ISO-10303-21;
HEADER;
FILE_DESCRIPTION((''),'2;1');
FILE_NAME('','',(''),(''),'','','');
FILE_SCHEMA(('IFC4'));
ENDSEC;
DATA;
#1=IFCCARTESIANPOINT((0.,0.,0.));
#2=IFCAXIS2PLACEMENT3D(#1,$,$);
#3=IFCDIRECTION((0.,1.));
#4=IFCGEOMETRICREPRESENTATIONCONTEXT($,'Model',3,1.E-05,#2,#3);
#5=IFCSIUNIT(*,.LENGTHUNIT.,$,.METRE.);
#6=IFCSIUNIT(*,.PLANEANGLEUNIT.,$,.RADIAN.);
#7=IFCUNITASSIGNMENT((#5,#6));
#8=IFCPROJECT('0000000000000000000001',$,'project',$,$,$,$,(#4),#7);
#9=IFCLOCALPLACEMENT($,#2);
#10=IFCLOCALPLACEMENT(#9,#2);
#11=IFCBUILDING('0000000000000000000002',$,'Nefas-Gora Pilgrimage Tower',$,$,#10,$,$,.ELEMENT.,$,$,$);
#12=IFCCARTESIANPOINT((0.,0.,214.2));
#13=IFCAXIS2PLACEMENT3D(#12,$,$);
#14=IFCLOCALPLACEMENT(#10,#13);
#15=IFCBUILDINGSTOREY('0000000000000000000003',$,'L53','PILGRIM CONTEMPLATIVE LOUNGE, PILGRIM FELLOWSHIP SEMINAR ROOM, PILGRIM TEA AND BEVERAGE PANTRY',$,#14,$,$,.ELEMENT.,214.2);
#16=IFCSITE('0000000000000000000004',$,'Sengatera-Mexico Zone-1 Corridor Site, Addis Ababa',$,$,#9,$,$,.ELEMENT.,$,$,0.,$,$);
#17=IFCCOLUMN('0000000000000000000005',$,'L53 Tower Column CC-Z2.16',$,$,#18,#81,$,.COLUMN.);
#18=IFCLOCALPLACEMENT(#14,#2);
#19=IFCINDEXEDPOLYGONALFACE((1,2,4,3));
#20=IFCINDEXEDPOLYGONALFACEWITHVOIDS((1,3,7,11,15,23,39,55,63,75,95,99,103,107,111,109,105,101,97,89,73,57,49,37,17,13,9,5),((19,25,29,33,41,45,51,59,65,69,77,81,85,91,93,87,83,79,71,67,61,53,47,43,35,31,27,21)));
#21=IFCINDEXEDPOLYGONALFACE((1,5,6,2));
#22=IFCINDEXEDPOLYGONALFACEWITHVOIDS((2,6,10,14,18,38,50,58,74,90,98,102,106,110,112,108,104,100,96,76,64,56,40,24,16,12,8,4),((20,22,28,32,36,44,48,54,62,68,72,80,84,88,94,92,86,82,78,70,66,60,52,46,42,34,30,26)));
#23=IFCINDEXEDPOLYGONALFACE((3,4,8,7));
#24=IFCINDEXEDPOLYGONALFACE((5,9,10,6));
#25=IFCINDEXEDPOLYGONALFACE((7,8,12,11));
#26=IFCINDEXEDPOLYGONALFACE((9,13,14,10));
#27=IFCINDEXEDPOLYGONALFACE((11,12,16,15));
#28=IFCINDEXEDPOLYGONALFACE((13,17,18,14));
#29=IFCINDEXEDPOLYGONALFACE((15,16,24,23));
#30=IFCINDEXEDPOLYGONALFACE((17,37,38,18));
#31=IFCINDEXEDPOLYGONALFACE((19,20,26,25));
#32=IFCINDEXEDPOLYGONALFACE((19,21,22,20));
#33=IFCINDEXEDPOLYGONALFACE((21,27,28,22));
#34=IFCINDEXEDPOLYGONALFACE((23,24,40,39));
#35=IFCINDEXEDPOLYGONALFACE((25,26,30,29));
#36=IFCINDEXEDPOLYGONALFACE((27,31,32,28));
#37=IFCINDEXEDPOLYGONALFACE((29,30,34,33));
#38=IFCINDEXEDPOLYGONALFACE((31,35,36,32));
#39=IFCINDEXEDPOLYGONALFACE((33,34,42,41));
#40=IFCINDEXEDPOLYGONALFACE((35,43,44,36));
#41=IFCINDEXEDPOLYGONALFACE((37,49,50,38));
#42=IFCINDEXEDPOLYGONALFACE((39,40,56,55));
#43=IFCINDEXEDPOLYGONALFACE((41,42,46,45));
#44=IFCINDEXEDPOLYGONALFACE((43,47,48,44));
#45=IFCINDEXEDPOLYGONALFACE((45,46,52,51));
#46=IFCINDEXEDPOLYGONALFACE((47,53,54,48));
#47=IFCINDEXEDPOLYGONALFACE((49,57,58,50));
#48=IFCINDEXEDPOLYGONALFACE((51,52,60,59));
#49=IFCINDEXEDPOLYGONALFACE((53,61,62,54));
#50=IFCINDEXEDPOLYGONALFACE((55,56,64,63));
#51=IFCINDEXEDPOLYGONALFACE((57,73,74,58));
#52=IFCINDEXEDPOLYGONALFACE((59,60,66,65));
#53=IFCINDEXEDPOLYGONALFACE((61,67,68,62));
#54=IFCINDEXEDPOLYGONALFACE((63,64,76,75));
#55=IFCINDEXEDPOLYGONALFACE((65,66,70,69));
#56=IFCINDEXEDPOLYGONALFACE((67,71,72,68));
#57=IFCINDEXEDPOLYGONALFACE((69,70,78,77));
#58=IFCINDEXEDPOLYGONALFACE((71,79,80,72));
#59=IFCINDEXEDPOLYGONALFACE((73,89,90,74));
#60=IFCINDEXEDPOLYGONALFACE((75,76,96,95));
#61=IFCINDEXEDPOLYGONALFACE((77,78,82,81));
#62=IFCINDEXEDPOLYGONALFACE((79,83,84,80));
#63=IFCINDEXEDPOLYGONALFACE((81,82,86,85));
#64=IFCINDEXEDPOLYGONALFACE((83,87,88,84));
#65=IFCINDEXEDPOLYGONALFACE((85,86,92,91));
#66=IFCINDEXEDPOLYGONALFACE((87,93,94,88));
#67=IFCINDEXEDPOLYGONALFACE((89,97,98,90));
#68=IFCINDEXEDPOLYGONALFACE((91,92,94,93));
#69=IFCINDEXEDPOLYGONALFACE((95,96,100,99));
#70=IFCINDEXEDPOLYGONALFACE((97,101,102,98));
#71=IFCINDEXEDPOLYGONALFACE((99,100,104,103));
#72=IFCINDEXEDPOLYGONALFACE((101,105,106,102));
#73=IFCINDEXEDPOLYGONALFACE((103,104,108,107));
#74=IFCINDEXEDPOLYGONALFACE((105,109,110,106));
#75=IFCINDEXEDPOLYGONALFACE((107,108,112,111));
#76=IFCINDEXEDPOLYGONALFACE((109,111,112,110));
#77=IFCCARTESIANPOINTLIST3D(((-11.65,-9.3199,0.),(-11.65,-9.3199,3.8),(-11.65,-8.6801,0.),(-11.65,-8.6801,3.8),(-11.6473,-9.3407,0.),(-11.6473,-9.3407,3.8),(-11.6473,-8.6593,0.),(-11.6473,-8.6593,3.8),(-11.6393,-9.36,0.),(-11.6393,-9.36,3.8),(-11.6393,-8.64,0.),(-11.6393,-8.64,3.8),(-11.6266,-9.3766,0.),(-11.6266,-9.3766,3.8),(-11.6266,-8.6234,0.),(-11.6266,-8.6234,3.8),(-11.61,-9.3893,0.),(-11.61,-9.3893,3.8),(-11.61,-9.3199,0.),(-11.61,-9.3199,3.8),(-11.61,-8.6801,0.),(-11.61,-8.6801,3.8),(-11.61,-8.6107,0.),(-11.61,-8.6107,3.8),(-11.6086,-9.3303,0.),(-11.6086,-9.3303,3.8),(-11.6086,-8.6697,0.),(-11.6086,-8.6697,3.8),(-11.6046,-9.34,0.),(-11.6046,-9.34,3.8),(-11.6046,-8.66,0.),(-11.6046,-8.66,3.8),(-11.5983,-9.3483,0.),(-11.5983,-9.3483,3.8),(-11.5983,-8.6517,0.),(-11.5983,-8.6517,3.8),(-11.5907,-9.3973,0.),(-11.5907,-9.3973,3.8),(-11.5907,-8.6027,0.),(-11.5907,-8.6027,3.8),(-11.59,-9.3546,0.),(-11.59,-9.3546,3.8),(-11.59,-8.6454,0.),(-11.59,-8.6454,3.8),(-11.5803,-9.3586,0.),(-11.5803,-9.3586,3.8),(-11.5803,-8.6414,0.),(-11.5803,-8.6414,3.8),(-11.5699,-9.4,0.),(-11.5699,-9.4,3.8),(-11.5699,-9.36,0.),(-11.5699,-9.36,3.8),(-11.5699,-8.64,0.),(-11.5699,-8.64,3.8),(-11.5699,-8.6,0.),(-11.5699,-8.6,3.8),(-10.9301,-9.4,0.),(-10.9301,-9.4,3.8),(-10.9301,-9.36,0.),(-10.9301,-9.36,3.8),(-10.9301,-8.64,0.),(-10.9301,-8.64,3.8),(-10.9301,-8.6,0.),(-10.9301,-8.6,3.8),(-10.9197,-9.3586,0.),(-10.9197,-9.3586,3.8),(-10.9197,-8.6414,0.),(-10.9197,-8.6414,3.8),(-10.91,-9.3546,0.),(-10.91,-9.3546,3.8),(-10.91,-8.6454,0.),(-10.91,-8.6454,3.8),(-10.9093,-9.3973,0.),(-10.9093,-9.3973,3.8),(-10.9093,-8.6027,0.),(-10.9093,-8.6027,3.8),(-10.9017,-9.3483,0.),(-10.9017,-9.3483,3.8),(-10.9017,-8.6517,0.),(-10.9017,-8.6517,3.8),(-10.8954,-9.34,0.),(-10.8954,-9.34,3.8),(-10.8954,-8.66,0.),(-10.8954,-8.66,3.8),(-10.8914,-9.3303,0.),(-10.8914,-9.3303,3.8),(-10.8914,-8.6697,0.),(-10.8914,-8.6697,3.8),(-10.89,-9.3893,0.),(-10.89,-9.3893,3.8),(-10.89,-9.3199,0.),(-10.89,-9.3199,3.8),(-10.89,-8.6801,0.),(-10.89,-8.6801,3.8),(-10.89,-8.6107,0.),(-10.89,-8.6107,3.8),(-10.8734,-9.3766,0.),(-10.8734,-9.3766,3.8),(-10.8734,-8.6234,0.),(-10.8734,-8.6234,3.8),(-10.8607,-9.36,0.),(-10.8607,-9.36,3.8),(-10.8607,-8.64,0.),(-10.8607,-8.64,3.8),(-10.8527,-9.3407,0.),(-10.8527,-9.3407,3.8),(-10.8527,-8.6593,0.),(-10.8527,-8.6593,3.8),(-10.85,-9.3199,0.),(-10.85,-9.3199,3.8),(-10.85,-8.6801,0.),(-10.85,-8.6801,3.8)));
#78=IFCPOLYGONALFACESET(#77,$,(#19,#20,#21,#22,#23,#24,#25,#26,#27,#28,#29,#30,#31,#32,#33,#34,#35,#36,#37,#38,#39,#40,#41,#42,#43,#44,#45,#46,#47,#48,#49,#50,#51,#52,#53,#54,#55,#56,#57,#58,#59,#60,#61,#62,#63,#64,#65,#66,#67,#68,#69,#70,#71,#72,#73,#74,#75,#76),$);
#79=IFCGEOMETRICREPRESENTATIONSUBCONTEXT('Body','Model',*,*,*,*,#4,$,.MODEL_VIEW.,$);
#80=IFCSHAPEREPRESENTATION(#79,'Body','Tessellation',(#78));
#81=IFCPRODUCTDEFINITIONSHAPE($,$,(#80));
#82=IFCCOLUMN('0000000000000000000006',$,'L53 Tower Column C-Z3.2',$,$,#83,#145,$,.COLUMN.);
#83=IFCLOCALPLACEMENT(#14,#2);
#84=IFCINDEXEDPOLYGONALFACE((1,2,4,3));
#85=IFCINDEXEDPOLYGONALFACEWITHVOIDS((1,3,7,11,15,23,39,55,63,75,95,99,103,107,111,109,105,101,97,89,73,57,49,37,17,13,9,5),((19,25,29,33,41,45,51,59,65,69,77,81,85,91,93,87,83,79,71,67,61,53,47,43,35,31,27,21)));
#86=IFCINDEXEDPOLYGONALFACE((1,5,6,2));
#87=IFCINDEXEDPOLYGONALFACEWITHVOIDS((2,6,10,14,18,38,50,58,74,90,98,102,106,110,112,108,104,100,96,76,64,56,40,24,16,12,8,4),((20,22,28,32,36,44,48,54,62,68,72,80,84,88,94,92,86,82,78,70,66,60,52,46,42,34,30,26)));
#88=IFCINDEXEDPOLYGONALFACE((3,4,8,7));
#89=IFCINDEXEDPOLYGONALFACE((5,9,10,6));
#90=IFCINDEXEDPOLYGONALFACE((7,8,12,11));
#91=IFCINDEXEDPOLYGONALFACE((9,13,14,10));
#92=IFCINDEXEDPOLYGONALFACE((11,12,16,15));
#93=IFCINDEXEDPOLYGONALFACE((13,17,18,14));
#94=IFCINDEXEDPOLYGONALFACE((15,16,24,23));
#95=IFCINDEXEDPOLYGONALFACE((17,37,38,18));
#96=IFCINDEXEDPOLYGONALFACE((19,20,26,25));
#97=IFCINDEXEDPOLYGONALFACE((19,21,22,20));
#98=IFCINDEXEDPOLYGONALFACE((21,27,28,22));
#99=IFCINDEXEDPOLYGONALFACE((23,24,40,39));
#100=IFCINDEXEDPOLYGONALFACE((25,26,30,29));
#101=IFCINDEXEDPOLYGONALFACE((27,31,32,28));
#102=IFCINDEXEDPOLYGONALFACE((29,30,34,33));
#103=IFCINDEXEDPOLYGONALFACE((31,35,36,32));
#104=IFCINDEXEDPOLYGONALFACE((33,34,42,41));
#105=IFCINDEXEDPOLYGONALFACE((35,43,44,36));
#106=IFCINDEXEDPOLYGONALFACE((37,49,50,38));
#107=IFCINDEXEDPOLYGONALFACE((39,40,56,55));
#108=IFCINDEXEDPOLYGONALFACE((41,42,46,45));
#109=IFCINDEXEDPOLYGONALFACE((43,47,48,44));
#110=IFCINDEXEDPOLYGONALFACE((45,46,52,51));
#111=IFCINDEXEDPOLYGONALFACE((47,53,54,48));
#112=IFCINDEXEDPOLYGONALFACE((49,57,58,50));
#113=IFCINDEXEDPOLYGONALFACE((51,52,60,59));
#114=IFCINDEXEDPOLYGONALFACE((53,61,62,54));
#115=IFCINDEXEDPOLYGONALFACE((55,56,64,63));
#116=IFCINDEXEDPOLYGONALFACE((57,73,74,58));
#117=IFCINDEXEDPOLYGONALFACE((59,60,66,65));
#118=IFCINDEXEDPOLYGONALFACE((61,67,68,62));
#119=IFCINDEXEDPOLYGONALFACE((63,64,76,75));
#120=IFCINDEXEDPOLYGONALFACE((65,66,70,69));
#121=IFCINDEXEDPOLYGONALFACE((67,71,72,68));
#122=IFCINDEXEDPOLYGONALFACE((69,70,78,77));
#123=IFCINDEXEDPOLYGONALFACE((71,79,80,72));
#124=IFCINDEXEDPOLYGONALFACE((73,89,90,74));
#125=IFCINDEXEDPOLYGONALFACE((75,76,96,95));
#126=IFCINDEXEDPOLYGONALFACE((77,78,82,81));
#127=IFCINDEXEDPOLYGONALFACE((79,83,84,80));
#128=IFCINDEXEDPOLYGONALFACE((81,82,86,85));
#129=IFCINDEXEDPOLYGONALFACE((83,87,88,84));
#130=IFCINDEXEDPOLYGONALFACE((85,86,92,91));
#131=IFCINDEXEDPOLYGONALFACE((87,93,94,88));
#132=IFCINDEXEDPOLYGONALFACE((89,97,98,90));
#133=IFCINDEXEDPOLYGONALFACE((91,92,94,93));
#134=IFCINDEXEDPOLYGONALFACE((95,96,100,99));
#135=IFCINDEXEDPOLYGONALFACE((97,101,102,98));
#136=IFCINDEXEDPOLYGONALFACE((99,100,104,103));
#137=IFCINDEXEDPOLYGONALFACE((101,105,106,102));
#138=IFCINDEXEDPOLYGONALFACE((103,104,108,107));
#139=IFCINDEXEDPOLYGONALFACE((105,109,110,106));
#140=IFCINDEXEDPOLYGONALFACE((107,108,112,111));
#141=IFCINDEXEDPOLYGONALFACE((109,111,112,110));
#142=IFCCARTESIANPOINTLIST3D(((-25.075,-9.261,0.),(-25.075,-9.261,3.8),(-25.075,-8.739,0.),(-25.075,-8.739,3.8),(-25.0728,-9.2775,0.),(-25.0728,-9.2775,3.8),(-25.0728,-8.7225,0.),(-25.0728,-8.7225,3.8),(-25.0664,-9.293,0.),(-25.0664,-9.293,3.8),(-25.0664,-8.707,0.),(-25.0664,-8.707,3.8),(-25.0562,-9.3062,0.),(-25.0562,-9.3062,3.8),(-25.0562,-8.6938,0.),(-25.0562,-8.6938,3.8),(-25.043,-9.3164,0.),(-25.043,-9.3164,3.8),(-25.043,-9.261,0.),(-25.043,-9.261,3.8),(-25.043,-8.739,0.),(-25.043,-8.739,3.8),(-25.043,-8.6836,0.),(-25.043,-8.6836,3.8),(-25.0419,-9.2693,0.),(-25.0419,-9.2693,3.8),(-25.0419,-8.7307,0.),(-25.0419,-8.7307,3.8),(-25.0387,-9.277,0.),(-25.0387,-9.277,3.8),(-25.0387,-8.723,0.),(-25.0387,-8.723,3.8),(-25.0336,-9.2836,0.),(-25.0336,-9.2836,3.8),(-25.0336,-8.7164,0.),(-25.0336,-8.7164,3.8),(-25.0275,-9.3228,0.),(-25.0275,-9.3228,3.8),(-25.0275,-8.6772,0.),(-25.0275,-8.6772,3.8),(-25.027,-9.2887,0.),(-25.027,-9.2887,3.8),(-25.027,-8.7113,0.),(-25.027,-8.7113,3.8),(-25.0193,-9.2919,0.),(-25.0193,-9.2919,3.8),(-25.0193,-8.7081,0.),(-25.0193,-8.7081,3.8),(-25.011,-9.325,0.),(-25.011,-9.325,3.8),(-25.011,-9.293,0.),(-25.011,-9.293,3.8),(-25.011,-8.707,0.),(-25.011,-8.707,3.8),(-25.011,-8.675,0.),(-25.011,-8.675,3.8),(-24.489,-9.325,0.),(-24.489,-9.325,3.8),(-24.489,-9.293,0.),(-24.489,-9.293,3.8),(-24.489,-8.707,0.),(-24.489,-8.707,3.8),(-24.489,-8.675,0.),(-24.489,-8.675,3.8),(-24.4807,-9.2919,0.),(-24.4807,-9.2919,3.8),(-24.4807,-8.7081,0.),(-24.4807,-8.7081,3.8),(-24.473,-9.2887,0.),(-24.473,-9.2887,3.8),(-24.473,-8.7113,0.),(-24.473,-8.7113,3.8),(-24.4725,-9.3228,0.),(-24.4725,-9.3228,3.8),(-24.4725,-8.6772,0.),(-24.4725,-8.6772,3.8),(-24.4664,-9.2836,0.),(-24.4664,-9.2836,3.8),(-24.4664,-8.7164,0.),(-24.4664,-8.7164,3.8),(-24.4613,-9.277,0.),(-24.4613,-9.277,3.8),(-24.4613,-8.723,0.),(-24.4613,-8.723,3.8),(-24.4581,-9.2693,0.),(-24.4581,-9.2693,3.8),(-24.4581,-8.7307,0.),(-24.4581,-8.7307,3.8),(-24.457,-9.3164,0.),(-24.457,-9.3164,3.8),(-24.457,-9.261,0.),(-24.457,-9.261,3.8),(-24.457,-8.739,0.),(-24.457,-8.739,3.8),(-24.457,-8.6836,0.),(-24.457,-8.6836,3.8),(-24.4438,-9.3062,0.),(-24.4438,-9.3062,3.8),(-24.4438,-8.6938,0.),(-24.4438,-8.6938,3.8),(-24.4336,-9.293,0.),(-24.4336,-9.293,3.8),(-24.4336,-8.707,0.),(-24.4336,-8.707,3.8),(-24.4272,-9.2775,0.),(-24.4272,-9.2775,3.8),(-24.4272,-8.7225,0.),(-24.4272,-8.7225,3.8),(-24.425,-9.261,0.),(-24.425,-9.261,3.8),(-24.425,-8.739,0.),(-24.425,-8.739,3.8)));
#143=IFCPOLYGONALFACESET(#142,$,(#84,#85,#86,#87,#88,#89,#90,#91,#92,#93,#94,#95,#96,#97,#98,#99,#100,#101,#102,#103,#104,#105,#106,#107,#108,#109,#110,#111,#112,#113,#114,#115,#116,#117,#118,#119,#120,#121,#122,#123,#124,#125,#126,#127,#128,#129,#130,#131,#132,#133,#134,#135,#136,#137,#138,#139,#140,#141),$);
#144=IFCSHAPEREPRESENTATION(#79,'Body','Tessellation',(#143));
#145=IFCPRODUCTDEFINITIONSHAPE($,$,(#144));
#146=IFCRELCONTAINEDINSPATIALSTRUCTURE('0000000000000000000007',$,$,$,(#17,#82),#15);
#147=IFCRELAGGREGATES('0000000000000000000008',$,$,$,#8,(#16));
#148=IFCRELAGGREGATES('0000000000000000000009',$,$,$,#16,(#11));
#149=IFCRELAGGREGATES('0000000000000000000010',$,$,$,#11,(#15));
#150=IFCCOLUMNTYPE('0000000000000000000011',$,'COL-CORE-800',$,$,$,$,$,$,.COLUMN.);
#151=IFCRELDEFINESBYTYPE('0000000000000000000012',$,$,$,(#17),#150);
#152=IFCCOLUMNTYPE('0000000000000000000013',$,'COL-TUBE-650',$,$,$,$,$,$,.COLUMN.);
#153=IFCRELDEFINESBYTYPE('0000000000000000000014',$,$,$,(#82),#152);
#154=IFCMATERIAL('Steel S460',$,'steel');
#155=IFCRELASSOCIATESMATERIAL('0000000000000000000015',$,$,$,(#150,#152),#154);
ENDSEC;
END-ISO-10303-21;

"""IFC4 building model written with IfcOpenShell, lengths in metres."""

from ifc_helpers import new_model, si_unit, direction, frame, origin, origin_2d, place, context, subcontext, project, spatial, hollow_rectangle, extrude, source, transform, mapped, material, material_profile, profile_set, type_object, element, save


model = new_model("IFC4")

# Units and contexts
model_context = context("Model", 3, precision=1e-05, world=origin(), true_north=direction((0.0, 1.0)))
body_context = subcontext(model_context, "Body", "Model", "MODEL_VIEW")
ifc_project = project(units=[si_unit("LENGTHUNIT", "METRE"), si_unit("PLANEANGLEUNIT", "RADIAN")], contexts=[model_context])

# Site, building, storey
site_placement = place(None, origin())
site = spatial("IfcSite", under=ifc_project, at=site_placement, Name="Sengatera-Mexico Zone-1 Corridor Site, Addis Ababa", CompositionType="ELEMENT", RefElevation=0.0)
building_placement = place(site_placement, origin())
building = spatial("IfcBuilding", under=site, at=building_placement, Name="Nefas-Gora Pilgrimage Tower", CompositionType="ELEMENT")
storey_placement = place(building_placement, frame((0.0, 0.0, 214.2)))
storey = spatial("IfcBuildingStorey", under=building, at=storey_placement, Name="L53", Description="PILGRIM CONTEMPLATIVE LOUNGE, PILGRIM FELLOWSHIP SEMINAR ROOM, PILGRIM TEA AND BEVERAGE PANTRY", CompositionType="ELEMENT", Elevation=214.2)

# Columns
ifc_material_1 = material(Name="Steel S460", Category="steel")
ifc_material_profile_1 = material_profile(ifc_material_1, hollow_rectangle(XDim=0.8, YDim=0.8, WallThickness=0.04, InnerFilletRadius=0.04, OuterFilletRadius=0.0801, at=origin_2d()), Name="BOX 800x800x40")
ifc_profile_set_1 = profile_set([ifc_material_profile_1], Name="Steel S460")
column_type_1 = type_object("IfcColumnType", Name="COL-CORE-800", PredefinedType="COLUMN", material=ifc_profile_set_1)
shared_shape_1 = source(origin(), body_context, "Body", "SweptSolid", [
    extrude(hollow_rectangle(XDim=0.8, YDim=0.8, WallThickness=0.04, InnerFilletRadius=0.04, OuterFilletRadius=0.0801, at=origin_2d()), origin(), (0.0, 0.0, 1.0), 3.8),
])
column_placement = place(storey_placement, frame((-11.25, -9.0, 0.0), z_axis=(0.0, 0.0, 1.0), x_axis=(1.0, 0.0, 0.0)))
element("IfcColumn", 1, at=column_placement, inside=storey, type_object=column_type_1, Name="L53 Tower Column CC-Z2.16", PredefinedType="COLUMN", context=body_context, shape_type="MappedRepresentation", body=[
    mapped(shared_shape_1, transform((0.0, 0.0, 0.0), x_axis=(1.0, 0.0, 0.0), y_axis=(0.0, 1.0, 0.0), z_axis=(0.0, 0.0, 1.0), scale=1.0)),
])
ifc_material_profile_2 = material_profile(ifc_material_1, hollow_rectangle(XDim=0.6499, YDim=0.6499, WallThickness=0.032, InnerFilletRadius=0.032, OuterFilletRadius=0.064, at=origin_2d()), Name="BOX 650x650x32")
ifc_profile_set_2 = profile_set([ifc_material_profile_2], Name="Steel S460")
column_type_2 = type_object("IfcColumnType", Name="COL-TUBE-650", PredefinedType="COLUMN", material=ifc_profile_set_2)
shared_shape_2 = source(origin(), body_context, "Body", "SweptSolid", [
    extrude(hollow_rectangle(XDim=0.6499, YDim=0.6499, WallThickness=0.032, InnerFilletRadius=0.032, OuterFilletRadius=0.064, at=origin_2d()), origin(), (0.0, 0.0, 1.0), 3.8),
])
for number, where, z_axis, x_axis, name in (
    (2, (-24.75, -9.0, 0.0), (0.0, 0.0, 1.0), (1.0, 0.0, 0.0), "L53 Tower Column C-Z3.2"),
):
    element("IfcColumn", number, at=place(storey_placement, frame(where, z_axis=z_axis, x_axis=x_axis)), inside=storey, type_object=column_type_2, Name=name, PredefinedType="COLUMN", context=body_context, shape_type="MappedRepresentation", body=[
        mapped(shared_shape_2, transform((0.0, 0.0, 0.0), x_axis=(1.0, 0.0, 0.0), y_axis=(0.0, 1.0, 0.0), z_axis=(0.0, 0.0, 1.0), scale=1.0)),
    ])

save(model, "model.ifc")
